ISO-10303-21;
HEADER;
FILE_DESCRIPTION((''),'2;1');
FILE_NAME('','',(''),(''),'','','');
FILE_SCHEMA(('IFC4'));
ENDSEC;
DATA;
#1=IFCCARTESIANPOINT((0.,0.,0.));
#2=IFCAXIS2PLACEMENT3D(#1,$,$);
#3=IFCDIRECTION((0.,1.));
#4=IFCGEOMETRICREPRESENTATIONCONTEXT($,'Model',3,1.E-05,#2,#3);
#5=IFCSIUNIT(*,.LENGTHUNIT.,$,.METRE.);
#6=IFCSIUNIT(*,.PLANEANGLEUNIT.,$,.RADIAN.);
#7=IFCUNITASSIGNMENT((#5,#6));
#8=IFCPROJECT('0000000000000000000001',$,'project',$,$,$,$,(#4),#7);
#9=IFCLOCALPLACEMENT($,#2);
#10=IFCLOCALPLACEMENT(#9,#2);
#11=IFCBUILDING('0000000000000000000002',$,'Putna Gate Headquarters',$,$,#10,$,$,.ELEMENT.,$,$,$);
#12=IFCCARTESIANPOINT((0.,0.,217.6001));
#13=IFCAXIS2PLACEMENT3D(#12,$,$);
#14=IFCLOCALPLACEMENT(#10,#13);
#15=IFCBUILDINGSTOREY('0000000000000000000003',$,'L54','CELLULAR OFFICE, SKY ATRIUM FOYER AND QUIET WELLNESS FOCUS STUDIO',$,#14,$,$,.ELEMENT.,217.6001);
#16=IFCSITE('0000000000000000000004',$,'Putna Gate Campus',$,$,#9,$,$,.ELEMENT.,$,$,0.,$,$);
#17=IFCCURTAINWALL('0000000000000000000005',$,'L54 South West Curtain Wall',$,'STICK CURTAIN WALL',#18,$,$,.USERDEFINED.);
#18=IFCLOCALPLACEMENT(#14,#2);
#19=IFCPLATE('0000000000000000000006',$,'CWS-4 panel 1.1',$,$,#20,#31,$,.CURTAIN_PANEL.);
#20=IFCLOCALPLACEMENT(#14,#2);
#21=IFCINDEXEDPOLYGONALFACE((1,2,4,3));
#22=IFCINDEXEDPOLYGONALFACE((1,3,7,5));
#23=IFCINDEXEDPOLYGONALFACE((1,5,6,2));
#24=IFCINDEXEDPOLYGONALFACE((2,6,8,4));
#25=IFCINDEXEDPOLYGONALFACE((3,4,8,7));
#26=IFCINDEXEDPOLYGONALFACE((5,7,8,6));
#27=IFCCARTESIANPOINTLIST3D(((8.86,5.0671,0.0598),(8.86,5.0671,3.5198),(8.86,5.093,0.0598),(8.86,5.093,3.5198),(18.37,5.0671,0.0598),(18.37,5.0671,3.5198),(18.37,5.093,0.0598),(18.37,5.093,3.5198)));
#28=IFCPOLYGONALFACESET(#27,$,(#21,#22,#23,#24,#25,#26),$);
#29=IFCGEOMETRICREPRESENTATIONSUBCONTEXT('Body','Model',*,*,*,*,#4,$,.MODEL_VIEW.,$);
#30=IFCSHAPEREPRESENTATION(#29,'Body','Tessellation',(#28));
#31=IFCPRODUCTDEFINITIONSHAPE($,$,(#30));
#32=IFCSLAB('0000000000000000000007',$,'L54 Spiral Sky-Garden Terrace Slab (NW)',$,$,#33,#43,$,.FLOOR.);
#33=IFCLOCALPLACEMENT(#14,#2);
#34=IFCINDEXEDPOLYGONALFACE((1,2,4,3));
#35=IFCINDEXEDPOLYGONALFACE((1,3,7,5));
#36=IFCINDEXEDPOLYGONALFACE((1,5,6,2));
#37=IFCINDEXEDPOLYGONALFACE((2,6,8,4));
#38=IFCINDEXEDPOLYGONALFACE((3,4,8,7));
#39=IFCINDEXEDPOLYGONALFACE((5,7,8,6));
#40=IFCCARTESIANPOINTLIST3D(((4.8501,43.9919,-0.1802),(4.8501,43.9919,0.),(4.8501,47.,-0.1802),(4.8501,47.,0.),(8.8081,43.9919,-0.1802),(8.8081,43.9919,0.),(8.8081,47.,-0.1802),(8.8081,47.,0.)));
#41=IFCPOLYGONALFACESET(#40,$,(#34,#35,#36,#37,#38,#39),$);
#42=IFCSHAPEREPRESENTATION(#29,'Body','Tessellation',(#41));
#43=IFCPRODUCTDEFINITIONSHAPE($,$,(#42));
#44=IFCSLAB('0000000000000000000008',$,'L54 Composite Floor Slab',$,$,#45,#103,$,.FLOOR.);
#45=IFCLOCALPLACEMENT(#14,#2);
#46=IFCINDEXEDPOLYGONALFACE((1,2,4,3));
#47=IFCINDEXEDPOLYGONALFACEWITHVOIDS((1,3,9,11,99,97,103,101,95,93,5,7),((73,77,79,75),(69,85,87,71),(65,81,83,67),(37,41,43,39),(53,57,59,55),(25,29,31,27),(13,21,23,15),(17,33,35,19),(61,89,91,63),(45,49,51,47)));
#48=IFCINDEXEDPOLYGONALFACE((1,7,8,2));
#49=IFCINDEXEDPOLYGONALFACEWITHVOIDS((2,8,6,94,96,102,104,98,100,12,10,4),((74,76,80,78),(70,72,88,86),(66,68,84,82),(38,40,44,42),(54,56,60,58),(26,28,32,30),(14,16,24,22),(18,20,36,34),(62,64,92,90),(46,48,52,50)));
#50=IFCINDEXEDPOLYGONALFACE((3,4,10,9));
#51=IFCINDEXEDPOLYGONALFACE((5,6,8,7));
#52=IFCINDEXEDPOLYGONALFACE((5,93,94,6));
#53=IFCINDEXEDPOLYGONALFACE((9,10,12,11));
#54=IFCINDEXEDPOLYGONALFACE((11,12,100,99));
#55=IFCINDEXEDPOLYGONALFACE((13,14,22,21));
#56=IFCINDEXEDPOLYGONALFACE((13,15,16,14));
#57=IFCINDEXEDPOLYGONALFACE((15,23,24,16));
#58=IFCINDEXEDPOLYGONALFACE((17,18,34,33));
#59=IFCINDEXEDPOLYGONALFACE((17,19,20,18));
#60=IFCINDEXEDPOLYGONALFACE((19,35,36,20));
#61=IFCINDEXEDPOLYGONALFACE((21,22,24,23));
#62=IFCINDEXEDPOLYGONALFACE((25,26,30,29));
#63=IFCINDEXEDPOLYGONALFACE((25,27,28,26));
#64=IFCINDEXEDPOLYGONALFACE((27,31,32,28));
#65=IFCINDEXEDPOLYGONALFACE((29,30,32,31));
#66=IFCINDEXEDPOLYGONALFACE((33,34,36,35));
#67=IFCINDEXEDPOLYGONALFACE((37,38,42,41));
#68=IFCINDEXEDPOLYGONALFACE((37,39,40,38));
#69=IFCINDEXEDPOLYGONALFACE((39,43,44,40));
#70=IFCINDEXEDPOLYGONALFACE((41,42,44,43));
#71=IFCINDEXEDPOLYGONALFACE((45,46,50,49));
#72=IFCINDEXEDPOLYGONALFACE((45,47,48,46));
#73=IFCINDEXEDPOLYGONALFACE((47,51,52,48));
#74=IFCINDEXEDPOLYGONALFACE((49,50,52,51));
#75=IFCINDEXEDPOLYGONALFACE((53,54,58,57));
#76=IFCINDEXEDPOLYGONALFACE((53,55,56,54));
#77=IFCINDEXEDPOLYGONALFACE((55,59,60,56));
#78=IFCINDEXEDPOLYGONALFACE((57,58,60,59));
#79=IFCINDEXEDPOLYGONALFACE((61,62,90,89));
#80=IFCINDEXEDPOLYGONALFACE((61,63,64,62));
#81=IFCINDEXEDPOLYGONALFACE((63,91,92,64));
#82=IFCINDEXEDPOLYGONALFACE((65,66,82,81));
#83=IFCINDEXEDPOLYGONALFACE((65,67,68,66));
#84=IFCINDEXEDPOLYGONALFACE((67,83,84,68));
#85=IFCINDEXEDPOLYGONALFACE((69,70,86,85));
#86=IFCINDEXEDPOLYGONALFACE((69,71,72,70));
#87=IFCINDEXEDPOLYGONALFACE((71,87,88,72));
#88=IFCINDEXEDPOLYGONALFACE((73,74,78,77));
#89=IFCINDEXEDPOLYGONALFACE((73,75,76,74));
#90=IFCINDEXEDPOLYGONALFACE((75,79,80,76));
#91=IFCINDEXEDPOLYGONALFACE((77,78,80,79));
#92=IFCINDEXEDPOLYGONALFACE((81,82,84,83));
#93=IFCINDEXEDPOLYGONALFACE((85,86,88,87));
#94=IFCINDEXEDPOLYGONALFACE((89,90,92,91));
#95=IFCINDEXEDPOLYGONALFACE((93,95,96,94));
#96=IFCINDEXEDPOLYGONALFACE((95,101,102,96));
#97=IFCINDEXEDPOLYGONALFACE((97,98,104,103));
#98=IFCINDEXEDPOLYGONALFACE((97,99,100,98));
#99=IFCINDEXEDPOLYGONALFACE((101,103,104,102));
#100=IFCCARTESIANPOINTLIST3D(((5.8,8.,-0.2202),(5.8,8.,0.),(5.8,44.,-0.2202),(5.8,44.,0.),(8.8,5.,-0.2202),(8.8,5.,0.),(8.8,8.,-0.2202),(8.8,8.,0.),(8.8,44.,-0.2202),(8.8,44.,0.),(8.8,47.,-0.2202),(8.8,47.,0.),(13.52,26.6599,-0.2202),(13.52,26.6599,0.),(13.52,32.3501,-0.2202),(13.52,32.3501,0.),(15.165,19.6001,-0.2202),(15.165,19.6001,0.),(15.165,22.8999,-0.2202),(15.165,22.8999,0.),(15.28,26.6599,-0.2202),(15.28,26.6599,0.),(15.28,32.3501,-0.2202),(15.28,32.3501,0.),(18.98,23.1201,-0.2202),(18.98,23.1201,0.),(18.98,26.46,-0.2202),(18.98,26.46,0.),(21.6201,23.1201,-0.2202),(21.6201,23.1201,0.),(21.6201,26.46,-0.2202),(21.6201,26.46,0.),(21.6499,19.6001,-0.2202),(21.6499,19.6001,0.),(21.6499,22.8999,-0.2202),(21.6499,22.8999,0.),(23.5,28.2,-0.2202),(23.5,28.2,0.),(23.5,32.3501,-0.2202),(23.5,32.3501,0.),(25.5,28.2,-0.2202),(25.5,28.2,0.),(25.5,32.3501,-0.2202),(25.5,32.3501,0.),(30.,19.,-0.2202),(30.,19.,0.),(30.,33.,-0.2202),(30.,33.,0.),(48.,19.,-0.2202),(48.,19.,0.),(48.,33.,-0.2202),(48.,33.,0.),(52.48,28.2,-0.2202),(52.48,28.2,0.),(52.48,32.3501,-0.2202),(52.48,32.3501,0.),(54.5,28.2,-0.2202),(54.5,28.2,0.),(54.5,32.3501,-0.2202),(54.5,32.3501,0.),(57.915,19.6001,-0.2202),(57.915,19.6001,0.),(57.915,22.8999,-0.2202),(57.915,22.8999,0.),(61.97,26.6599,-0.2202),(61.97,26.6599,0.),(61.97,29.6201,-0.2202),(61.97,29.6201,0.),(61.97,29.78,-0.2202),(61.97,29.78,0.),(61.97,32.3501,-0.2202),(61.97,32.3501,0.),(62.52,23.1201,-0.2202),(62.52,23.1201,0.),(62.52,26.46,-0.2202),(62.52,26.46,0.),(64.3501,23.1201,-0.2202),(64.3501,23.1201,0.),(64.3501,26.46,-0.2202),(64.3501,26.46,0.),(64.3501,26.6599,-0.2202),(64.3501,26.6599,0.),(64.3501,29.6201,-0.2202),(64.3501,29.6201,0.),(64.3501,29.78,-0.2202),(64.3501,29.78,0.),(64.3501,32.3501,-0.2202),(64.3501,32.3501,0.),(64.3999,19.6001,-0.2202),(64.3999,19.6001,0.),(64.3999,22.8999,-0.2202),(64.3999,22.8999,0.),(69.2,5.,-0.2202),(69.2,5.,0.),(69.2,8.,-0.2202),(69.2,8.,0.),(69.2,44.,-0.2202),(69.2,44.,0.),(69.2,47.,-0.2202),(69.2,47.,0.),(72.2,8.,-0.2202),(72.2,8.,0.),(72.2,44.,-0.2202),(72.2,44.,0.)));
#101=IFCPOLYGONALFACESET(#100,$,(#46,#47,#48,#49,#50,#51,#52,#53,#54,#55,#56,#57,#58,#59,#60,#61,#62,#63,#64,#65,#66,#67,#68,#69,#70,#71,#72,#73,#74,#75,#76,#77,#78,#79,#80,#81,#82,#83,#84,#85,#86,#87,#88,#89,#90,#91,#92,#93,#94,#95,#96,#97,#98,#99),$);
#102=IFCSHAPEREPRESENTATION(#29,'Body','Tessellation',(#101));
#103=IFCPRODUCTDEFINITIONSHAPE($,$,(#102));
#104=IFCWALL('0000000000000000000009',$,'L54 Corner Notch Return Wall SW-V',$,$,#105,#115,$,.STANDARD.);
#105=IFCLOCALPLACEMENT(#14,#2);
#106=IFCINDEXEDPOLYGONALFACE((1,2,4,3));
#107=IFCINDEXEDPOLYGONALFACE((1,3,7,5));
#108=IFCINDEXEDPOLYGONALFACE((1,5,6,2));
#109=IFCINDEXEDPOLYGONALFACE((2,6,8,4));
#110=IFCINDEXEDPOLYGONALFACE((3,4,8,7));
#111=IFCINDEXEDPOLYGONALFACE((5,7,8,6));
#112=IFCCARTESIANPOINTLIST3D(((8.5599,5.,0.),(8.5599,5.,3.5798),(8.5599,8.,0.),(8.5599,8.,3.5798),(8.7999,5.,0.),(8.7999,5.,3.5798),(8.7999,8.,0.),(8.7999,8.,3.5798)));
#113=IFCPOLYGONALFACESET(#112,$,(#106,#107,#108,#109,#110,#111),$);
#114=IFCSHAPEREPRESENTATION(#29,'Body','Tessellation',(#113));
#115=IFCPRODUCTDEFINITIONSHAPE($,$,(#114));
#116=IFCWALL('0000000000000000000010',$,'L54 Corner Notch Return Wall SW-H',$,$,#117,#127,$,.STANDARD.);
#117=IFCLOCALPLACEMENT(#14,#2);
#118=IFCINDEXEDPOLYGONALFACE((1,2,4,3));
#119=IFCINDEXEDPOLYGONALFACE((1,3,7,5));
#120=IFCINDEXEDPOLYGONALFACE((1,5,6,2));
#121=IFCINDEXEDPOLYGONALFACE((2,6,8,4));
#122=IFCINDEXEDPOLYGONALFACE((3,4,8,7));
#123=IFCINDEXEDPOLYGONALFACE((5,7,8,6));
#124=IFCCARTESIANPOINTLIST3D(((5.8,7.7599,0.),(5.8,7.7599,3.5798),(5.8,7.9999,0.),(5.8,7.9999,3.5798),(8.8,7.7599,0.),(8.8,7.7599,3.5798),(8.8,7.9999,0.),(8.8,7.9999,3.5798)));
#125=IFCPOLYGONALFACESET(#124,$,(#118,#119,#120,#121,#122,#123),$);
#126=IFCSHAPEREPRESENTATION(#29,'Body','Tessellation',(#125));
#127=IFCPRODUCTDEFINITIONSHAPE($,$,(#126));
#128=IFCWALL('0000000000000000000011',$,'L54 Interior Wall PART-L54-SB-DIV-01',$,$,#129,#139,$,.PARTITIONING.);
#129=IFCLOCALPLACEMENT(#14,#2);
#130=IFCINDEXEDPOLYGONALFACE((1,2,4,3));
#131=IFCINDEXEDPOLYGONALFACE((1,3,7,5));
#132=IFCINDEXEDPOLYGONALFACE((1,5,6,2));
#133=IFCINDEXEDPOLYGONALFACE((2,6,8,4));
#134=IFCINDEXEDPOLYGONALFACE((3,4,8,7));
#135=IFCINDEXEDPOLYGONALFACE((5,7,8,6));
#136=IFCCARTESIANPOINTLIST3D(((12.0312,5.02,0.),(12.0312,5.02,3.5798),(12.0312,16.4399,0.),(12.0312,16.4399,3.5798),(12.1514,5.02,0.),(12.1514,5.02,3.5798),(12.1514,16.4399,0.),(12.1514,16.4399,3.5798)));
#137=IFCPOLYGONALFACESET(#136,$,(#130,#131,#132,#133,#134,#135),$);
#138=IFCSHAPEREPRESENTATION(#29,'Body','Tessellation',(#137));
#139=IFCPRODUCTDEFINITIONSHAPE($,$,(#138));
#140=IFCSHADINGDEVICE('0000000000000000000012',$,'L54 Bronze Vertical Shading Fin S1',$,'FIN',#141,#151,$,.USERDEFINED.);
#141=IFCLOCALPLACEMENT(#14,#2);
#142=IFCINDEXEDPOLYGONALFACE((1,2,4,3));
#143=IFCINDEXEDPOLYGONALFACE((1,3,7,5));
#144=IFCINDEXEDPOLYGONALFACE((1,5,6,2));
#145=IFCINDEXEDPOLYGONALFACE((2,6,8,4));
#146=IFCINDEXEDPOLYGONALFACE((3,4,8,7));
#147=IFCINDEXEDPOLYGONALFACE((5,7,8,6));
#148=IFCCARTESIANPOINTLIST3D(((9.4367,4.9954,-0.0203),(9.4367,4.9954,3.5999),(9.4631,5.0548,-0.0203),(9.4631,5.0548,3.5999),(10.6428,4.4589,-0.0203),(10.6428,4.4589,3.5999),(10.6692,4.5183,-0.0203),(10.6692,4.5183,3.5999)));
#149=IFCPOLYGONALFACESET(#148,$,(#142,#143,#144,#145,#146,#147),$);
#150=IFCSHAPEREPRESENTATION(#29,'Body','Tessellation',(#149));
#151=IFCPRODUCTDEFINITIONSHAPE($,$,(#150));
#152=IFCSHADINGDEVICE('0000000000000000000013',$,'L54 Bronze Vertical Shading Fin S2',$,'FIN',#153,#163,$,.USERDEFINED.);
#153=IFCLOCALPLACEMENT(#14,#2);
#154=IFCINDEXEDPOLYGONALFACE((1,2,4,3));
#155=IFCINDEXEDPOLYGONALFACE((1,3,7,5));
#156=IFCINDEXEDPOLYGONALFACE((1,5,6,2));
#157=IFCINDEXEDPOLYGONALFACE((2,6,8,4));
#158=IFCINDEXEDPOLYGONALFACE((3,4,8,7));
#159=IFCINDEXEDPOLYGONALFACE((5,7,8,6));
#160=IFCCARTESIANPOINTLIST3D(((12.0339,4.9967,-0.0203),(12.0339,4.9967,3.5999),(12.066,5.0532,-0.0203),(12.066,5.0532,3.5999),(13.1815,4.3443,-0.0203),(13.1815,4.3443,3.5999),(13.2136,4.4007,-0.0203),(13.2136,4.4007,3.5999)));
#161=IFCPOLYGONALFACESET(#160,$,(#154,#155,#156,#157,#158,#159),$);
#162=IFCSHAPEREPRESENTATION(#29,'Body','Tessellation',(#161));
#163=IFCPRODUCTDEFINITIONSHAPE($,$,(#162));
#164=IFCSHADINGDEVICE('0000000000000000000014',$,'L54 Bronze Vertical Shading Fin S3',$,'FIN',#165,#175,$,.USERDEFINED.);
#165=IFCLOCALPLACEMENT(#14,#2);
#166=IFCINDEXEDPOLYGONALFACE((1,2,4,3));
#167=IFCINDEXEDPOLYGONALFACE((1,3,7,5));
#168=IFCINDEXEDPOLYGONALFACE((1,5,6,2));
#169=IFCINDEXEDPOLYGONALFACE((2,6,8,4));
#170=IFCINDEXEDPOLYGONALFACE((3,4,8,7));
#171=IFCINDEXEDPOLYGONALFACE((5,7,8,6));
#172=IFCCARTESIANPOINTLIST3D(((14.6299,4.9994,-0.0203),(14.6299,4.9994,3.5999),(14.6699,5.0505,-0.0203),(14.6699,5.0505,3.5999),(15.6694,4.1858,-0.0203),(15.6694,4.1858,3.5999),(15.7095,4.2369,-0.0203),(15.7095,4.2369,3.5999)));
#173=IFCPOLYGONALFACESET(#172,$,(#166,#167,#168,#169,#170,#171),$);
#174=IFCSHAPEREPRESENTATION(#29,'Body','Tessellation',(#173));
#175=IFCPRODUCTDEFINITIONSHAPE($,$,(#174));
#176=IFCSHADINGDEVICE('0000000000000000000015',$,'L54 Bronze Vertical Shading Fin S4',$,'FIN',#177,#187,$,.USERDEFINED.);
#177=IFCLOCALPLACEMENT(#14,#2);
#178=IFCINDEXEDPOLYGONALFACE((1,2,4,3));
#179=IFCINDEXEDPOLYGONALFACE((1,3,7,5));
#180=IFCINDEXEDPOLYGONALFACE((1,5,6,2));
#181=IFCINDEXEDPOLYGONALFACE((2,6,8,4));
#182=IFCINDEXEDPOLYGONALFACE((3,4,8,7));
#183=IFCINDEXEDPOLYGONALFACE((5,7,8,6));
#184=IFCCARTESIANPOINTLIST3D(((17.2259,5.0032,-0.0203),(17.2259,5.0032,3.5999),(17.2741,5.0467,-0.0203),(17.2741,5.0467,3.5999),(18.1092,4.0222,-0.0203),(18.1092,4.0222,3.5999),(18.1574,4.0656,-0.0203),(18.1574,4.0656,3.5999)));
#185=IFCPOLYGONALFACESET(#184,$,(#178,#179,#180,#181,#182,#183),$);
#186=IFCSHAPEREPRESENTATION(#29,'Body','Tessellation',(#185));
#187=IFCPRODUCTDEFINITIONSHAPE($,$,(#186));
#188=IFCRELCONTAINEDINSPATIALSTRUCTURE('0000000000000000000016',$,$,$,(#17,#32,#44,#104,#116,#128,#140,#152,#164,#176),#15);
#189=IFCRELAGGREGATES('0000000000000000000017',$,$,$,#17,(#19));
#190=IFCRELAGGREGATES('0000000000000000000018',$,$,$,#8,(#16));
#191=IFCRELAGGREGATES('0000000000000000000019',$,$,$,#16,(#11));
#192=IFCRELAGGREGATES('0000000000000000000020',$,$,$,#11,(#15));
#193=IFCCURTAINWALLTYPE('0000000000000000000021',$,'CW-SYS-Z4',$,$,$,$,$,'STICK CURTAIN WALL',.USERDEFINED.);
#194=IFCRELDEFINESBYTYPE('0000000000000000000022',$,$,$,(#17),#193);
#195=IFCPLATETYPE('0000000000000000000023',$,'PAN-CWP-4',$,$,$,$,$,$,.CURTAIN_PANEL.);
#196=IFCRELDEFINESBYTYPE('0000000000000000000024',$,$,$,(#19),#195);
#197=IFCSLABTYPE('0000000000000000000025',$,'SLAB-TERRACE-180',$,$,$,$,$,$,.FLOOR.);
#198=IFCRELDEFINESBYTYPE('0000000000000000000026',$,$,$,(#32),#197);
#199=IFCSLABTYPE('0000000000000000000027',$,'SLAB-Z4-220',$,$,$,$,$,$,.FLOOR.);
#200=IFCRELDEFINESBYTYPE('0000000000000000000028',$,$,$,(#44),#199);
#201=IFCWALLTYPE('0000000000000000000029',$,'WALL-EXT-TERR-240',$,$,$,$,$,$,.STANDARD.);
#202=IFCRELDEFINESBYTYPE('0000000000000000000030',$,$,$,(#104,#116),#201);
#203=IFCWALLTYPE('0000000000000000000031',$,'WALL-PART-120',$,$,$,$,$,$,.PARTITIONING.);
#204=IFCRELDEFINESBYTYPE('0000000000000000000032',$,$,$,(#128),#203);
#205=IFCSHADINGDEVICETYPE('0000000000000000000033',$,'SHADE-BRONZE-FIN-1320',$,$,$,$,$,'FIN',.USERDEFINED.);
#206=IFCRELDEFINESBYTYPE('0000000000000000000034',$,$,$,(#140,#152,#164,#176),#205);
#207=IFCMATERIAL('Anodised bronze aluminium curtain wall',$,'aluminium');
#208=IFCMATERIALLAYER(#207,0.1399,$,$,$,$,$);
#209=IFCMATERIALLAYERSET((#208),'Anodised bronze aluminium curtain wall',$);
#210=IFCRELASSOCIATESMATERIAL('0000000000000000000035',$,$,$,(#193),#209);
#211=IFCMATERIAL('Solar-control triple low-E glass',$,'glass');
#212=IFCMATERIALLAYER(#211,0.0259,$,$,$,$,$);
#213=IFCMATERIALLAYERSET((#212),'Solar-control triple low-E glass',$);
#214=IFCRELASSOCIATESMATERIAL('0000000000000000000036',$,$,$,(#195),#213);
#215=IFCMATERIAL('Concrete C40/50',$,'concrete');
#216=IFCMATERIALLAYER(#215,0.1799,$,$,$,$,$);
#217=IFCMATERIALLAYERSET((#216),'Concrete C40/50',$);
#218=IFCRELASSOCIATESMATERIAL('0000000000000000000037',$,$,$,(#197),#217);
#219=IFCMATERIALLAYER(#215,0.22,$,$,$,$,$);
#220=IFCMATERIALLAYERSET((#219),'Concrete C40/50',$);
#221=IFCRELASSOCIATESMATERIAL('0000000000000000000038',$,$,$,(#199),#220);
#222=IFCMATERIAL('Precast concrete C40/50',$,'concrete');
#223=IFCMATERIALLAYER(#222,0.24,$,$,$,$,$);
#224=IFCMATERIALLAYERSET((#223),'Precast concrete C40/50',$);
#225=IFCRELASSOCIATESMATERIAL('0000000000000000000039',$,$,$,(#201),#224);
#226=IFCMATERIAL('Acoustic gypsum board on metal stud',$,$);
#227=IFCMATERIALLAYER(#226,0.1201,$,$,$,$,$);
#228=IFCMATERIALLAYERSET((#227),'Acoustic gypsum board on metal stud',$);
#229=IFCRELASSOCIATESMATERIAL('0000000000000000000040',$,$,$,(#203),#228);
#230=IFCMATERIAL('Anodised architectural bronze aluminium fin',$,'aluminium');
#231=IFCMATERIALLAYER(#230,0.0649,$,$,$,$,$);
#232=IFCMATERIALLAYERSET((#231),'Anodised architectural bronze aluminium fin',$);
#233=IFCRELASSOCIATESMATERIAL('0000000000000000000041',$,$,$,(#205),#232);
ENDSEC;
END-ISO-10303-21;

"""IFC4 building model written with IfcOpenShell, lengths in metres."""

from ifc_helpers import new_model, si_unit, direction, frame, frame_2d, origin, origin_2d, place, context, subcontext, project, spatial, polyline, rectangle, outline, extrude, material, layer, layer_set, type_object, element, aggregate, save


model = new_model("IFC4")

# Units and contexts
model_context = context("Model", 3, precision=1e-05, world=origin(), true_north=direction((0.0, 1.0)))
body_context = subcontext(model_context, "Body", "Model", "MODEL_VIEW")
ifc_project = project(units=[si_unit("LENGTHUNIT", "METRE"), si_unit("PLANEANGLEUNIT", "RADIAN")], contexts=[model_context])

# Site, building, storey
site_placement = place(None, origin())
site = spatial("IfcSite", under=ifc_project, at=site_placement, Name="Putna Gate Campus", CompositionType="ELEMENT", RefElevation=0.0)
building_placement = place(site_placement, origin())
building = spatial("IfcBuilding", under=site, at=building_placement, Name="Putna Gate Headquarters", CompositionType="ELEMENT")
storey_placement = place(building_placement, frame((0.0, 0.0, 217.6001)))
storey = spatial("IfcBuildingStorey", under=building, at=storey_placement, Name="L54", Description="CELLULAR OFFICE, SKY ATRIUM FOYER AND QUIET WELLNESS FOCUS STUDIO", CompositionType="ELEMENT", Elevation=217.6001)

# Curtain wall
ifc_material_1 = material(Name="Anodised bronze aluminium curtain wall", Category="aluminium")
ifc_layer_1 = layer(ifc_material_1, 0.1399)
ifc_layer_set_1 = layer_set([ifc_layer_1], Name="Anodised bronze aluminium curtain wall")
curtain_wall_type = type_object("IfcCurtainWallType", Name="CW-SYS-Z4", ElementType="STICK CURTAIN WALL", PredefinedType="USERDEFINED", material=ifc_layer_set_1)
curtain_wall_1_placement = place(storey_placement, origin())
curtain_wall_1 = element("IfcCurtainWall", 1, at=curtain_wall_1_placement, inside=storey, type_object=curtain_wall_type, Name="L54 South West Curtain Wall", ObjectType="STICK CURTAIN WALL", PredefinedType="USERDEFINED")

# Shared definitions
ifc_material_2 = material(Name="Concrete C40/50", Category="concrete")

# Plate
ifc_material_3 = material(Name="Solar-control triple low-E glass", Category="glass")
ifc_layer_2 = layer(ifc_material_3, 0.0259)
ifc_layer_set_2 = layer_set([ifc_layer_2], Name="Solar-control triple low-E glass")
plate_type = type_object("IfcPlateType", Name="PAN-CWP-4", PredefinedType="CURTAIN_PANEL", material=ifc_layer_set_2)
plate_placement = place(storey_placement, frame((13.615, 5.0801, 0.0598), z_axis=(0.0, 0.0, 1.0), x_axis=(1.0, 0.0, 0.0)))
plate = element("IfcPlate", 2, at=plate_placement, type_object=plate_type, Name="CWS-4 panel 1.1", PredefinedType="CURTAIN_PANEL", context=body_context, shape_type="SweptSolid", body=[
    extrude(rectangle(XDim=9.51, YDim=0.0259, at=origin_2d()), origin(), (0.0, 0.0, 1.0), 3.46),
])
aggregate(curtain_wall_1, [plate])

# Slabs
ifc_layer_3 = layer(ifc_material_2, 0.1799)
ifc_layer_set_3 = layer_set([ifc_layer_3], Name="Concrete C40/50")
slab_type_1 = type_object("IfcSlabType", Name="SLAB-TERRACE-180", PredefinedType="FLOOR", material=ifc_layer_set_3)
slab_1_placement = place(storey_placement, frame((0.0, 0.0, -0.1802)))
element("IfcSlab", 3, at=slab_1_placement, inside=storey, type_object=slab_type_1, Name="L54 Spiral Sky-Garden Terrace Slab (NW)", PredefinedType="FLOOR", context=body_context, shape_type="SweptSolid", body=[
    extrude(outline(polyline([(4.8501, 43.9919), (8.8081, 43.9919), (8.8081, 47.0), (4.8501, 47.0), (4.8501, 43.9919)])), origin(), (0.0, 0.0, 1.0), 0.1802),
])
ifc_layer_4 = layer(ifc_material_2, 0.22)
ifc_layer_set_4 = layer_set([ifc_layer_4], Name="Concrete C40/50")
slab_type_2 = type_object("IfcSlabType", Name="SLAB-Z4-220", PredefinedType="FLOOR", material=ifc_layer_set_4)
slab_2_placement = place(storey_placement, frame((0.0, 0.0, -0.2202)))
element("IfcSlab", 4, at=slab_2_placement, inside=storey, type_object=slab_type_2, Name="L54 Composite Floor Slab", PredefinedType="FLOOR", context=body_context, shape_type="SweptSolid", body=[
    extrude(outline(polyline([(8.8, 5.0), (69.2, 5.0), (69.2, 8.0), (72.2, 8.0), (72.2, 44.0), (69.2, 44.0), (69.2, 47.0), (8.8, 47.0), (8.8, 44.0), (5.8, 44.0), (5.8, 8.0), (8.8, 8.0), (8.8, 5.0)]), holes=[polyline([(15.165, 19.6001), (21.6499, 19.6001), (21.6499, 22.8999), (15.165, 22.8999), (15.165, 19.6001)]), polyline([(57.915, 19.6001), (64.3999, 19.6001), (64.3999, 22.8999), (57.915, 22.8999), (57.915, 19.6001)]), polyline([(13.52, 26.6599), (15.28, 26.6599), (15.28, 32.3501), (13.52, 32.3501), (13.52, 26.6599)]), polyline([(61.97, 29.78), (64.3501, 29.78), (64.3501, 32.3501), (61.97, 32.3501), (61.97, 29.78)]), polyline([(18.98, 23.1201), (21.6201, 23.1201), (21.6201, 26.46), (18.98, 26.46), (18.98, 23.1201)]), polyline([(62.52, 23.1201), (64.3501, 23.1201), (64.3501, 26.46), (62.52, 26.46), (62.52, 23.1201)]), polyline([(61.97, 26.6599), (64.3501, 26.6599), (64.3501, 29.6201), (61.97, 29.6201), (61.97, 26.6599)]), polyline([(23.5, 28.2), (25.5, 28.2), (25.5, 32.3501), (23.5, 32.3501), (23.5, 28.2)]), polyline([(52.48, 28.2), (54.5, 28.2), (54.5, 32.3501), (52.48, 32.3501), (52.48, 28.2)]), polyline([(30.0, 19.0), (48.0, 19.0), (48.0, 33.0), (30.0, 33.0), (30.0, 19.0)])]), origin(), (0.0, 0.0, 1.0), 0.2202),
])

# Walls
ifc_material_4 = material(Name="Precast concrete C40/50", Category="concrete")
ifc_layer_5 = layer(ifc_material_4, 0.24)
ifc_layer_set_5 = layer_set([ifc_layer_5], Name="Precast concrete C40/50")
wall_type_1 = type_object("IfcWallType", Name="WALL-EXT-TERR-240", PredefinedType="STANDARD", material=ifc_layer_set_5)
for number, where, z_axis, x_axis, name in (
    (5, (8.6799, 5.0, 0.0), (0.0, 0.0, 1.0), (0.0, 1.0, 0.0), "L54 Corner Notch Return Wall SW-V"),
    (6, (8.8, 7.8799, 0.0), (0.0, 0.0, 1.0), (-1.0, 0.0, 0.0), "L54 Corner Notch Return Wall SW-H"),
):
    element("IfcWall", number, at=place(storey_placement, frame(where, z_axis=z_axis, x_axis=x_axis)), inside=storey, type_object=wall_type_1, Name=name, PredefinedType="STANDARD", context=body_context, shape_type="SweptSolid", body=[
        extrude(rectangle(XDim=3.0, YDim=0.24, at=frame_2d((1.5, 0.0))), origin(), (0.0, 0.0, 1.0), 3.5798),
    ])
ifc_material_5 = material(Name="Acoustic gypsum board on metal stud")
ifc_layer_6 = layer(ifc_material_5, 0.1201)
ifc_layer_set_6 = layer_set([ifc_layer_6], Name="Acoustic gypsum board on metal stud")
wall_type_2 = type_object("IfcWallType", Name="WALL-PART-120", PredefinedType="PARTITIONING", material=ifc_layer_set_6)
wall_placement = place(storey_placement, frame((12.0913, 5.02, 0.0), z_axis=(0.0, 0.0, 1.0), x_axis=(0.0, 1.0, 0.0)))
element("IfcWall", 7, at=wall_placement, inside=storey, type_object=wall_type_2, Name="L54 Interior Wall PART-L54-SB-DIV-01", PredefinedType="PARTITIONING", context=body_context, shape_type="SweptSolid", body=[
    extrude(rectangle(XDim=11.4199, YDim=0.1201, at=frame_2d((5.71, 0.0))), origin(), (0.0, 0.0, 1.0), 3.5798),
])

# Shading devices
ifc_material_6 = material(Name="Anodised architectural bronze aluminium fin", Category="aluminium")
ifc_layer_7 = layer(ifc_material_6, 0.0649)
ifc_layer_set_7 = layer_set([ifc_layer_7], Name="Anodised architectural bronze aluminium fin")
shading_device_type = type_object("IfcShadingDeviceType", Name="SHADE-BRONZE-FIN-1320", ElementType="FIN", PredefinedType="USERDEFINED", material=ifc_layer_set_7)
for number, where, z_axis, x_axis, name in (
    (8, (10.053, 4.7568, -0.0203), (0.0, 0.0, 1.0), (0.913687, -0.406418, 0.0), "L54 Bronze Vertical Shading Fin S1"),
    (9, (12.6238, 4.6987, -0.0203), (0.0, 0.0, 1.0), (0.869322, -0.494245, 0.0), "L54 Bronze Vertical Shading Fin S2"),
    (10, (15.1697, 4.6182, -0.0203), (0.0, 0.0, 1.0), (0.787473, -0.616349, 0.0), "L54 Bronze Vertical Shading Fin S3"),
    (11, (17.6917, 4.5344, -0.0203), (0.0, 0.0, 1.0), (0.669131, -0.743145, 0.0), "L54 Bronze Vertical Shading Fin S4"),
):
    element("IfcShadingDevice", number, at=place(storey_placement, frame(where, z_axis=z_axis, x_axis=x_axis)), inside=storey, type_object=shading_device_type, Name=name, ObjectType="FIN", PredefinedType="USERDEFINED", context=body_context, shape_type="SweptSolid", body=[
        extrude(rectangle(XDim=1.3201, YDim=0.0649, at=origin_2d()), origin(), (0.0, 0.0, 1.0), 3.6201),
    ])

save(model, "model.ifc")
